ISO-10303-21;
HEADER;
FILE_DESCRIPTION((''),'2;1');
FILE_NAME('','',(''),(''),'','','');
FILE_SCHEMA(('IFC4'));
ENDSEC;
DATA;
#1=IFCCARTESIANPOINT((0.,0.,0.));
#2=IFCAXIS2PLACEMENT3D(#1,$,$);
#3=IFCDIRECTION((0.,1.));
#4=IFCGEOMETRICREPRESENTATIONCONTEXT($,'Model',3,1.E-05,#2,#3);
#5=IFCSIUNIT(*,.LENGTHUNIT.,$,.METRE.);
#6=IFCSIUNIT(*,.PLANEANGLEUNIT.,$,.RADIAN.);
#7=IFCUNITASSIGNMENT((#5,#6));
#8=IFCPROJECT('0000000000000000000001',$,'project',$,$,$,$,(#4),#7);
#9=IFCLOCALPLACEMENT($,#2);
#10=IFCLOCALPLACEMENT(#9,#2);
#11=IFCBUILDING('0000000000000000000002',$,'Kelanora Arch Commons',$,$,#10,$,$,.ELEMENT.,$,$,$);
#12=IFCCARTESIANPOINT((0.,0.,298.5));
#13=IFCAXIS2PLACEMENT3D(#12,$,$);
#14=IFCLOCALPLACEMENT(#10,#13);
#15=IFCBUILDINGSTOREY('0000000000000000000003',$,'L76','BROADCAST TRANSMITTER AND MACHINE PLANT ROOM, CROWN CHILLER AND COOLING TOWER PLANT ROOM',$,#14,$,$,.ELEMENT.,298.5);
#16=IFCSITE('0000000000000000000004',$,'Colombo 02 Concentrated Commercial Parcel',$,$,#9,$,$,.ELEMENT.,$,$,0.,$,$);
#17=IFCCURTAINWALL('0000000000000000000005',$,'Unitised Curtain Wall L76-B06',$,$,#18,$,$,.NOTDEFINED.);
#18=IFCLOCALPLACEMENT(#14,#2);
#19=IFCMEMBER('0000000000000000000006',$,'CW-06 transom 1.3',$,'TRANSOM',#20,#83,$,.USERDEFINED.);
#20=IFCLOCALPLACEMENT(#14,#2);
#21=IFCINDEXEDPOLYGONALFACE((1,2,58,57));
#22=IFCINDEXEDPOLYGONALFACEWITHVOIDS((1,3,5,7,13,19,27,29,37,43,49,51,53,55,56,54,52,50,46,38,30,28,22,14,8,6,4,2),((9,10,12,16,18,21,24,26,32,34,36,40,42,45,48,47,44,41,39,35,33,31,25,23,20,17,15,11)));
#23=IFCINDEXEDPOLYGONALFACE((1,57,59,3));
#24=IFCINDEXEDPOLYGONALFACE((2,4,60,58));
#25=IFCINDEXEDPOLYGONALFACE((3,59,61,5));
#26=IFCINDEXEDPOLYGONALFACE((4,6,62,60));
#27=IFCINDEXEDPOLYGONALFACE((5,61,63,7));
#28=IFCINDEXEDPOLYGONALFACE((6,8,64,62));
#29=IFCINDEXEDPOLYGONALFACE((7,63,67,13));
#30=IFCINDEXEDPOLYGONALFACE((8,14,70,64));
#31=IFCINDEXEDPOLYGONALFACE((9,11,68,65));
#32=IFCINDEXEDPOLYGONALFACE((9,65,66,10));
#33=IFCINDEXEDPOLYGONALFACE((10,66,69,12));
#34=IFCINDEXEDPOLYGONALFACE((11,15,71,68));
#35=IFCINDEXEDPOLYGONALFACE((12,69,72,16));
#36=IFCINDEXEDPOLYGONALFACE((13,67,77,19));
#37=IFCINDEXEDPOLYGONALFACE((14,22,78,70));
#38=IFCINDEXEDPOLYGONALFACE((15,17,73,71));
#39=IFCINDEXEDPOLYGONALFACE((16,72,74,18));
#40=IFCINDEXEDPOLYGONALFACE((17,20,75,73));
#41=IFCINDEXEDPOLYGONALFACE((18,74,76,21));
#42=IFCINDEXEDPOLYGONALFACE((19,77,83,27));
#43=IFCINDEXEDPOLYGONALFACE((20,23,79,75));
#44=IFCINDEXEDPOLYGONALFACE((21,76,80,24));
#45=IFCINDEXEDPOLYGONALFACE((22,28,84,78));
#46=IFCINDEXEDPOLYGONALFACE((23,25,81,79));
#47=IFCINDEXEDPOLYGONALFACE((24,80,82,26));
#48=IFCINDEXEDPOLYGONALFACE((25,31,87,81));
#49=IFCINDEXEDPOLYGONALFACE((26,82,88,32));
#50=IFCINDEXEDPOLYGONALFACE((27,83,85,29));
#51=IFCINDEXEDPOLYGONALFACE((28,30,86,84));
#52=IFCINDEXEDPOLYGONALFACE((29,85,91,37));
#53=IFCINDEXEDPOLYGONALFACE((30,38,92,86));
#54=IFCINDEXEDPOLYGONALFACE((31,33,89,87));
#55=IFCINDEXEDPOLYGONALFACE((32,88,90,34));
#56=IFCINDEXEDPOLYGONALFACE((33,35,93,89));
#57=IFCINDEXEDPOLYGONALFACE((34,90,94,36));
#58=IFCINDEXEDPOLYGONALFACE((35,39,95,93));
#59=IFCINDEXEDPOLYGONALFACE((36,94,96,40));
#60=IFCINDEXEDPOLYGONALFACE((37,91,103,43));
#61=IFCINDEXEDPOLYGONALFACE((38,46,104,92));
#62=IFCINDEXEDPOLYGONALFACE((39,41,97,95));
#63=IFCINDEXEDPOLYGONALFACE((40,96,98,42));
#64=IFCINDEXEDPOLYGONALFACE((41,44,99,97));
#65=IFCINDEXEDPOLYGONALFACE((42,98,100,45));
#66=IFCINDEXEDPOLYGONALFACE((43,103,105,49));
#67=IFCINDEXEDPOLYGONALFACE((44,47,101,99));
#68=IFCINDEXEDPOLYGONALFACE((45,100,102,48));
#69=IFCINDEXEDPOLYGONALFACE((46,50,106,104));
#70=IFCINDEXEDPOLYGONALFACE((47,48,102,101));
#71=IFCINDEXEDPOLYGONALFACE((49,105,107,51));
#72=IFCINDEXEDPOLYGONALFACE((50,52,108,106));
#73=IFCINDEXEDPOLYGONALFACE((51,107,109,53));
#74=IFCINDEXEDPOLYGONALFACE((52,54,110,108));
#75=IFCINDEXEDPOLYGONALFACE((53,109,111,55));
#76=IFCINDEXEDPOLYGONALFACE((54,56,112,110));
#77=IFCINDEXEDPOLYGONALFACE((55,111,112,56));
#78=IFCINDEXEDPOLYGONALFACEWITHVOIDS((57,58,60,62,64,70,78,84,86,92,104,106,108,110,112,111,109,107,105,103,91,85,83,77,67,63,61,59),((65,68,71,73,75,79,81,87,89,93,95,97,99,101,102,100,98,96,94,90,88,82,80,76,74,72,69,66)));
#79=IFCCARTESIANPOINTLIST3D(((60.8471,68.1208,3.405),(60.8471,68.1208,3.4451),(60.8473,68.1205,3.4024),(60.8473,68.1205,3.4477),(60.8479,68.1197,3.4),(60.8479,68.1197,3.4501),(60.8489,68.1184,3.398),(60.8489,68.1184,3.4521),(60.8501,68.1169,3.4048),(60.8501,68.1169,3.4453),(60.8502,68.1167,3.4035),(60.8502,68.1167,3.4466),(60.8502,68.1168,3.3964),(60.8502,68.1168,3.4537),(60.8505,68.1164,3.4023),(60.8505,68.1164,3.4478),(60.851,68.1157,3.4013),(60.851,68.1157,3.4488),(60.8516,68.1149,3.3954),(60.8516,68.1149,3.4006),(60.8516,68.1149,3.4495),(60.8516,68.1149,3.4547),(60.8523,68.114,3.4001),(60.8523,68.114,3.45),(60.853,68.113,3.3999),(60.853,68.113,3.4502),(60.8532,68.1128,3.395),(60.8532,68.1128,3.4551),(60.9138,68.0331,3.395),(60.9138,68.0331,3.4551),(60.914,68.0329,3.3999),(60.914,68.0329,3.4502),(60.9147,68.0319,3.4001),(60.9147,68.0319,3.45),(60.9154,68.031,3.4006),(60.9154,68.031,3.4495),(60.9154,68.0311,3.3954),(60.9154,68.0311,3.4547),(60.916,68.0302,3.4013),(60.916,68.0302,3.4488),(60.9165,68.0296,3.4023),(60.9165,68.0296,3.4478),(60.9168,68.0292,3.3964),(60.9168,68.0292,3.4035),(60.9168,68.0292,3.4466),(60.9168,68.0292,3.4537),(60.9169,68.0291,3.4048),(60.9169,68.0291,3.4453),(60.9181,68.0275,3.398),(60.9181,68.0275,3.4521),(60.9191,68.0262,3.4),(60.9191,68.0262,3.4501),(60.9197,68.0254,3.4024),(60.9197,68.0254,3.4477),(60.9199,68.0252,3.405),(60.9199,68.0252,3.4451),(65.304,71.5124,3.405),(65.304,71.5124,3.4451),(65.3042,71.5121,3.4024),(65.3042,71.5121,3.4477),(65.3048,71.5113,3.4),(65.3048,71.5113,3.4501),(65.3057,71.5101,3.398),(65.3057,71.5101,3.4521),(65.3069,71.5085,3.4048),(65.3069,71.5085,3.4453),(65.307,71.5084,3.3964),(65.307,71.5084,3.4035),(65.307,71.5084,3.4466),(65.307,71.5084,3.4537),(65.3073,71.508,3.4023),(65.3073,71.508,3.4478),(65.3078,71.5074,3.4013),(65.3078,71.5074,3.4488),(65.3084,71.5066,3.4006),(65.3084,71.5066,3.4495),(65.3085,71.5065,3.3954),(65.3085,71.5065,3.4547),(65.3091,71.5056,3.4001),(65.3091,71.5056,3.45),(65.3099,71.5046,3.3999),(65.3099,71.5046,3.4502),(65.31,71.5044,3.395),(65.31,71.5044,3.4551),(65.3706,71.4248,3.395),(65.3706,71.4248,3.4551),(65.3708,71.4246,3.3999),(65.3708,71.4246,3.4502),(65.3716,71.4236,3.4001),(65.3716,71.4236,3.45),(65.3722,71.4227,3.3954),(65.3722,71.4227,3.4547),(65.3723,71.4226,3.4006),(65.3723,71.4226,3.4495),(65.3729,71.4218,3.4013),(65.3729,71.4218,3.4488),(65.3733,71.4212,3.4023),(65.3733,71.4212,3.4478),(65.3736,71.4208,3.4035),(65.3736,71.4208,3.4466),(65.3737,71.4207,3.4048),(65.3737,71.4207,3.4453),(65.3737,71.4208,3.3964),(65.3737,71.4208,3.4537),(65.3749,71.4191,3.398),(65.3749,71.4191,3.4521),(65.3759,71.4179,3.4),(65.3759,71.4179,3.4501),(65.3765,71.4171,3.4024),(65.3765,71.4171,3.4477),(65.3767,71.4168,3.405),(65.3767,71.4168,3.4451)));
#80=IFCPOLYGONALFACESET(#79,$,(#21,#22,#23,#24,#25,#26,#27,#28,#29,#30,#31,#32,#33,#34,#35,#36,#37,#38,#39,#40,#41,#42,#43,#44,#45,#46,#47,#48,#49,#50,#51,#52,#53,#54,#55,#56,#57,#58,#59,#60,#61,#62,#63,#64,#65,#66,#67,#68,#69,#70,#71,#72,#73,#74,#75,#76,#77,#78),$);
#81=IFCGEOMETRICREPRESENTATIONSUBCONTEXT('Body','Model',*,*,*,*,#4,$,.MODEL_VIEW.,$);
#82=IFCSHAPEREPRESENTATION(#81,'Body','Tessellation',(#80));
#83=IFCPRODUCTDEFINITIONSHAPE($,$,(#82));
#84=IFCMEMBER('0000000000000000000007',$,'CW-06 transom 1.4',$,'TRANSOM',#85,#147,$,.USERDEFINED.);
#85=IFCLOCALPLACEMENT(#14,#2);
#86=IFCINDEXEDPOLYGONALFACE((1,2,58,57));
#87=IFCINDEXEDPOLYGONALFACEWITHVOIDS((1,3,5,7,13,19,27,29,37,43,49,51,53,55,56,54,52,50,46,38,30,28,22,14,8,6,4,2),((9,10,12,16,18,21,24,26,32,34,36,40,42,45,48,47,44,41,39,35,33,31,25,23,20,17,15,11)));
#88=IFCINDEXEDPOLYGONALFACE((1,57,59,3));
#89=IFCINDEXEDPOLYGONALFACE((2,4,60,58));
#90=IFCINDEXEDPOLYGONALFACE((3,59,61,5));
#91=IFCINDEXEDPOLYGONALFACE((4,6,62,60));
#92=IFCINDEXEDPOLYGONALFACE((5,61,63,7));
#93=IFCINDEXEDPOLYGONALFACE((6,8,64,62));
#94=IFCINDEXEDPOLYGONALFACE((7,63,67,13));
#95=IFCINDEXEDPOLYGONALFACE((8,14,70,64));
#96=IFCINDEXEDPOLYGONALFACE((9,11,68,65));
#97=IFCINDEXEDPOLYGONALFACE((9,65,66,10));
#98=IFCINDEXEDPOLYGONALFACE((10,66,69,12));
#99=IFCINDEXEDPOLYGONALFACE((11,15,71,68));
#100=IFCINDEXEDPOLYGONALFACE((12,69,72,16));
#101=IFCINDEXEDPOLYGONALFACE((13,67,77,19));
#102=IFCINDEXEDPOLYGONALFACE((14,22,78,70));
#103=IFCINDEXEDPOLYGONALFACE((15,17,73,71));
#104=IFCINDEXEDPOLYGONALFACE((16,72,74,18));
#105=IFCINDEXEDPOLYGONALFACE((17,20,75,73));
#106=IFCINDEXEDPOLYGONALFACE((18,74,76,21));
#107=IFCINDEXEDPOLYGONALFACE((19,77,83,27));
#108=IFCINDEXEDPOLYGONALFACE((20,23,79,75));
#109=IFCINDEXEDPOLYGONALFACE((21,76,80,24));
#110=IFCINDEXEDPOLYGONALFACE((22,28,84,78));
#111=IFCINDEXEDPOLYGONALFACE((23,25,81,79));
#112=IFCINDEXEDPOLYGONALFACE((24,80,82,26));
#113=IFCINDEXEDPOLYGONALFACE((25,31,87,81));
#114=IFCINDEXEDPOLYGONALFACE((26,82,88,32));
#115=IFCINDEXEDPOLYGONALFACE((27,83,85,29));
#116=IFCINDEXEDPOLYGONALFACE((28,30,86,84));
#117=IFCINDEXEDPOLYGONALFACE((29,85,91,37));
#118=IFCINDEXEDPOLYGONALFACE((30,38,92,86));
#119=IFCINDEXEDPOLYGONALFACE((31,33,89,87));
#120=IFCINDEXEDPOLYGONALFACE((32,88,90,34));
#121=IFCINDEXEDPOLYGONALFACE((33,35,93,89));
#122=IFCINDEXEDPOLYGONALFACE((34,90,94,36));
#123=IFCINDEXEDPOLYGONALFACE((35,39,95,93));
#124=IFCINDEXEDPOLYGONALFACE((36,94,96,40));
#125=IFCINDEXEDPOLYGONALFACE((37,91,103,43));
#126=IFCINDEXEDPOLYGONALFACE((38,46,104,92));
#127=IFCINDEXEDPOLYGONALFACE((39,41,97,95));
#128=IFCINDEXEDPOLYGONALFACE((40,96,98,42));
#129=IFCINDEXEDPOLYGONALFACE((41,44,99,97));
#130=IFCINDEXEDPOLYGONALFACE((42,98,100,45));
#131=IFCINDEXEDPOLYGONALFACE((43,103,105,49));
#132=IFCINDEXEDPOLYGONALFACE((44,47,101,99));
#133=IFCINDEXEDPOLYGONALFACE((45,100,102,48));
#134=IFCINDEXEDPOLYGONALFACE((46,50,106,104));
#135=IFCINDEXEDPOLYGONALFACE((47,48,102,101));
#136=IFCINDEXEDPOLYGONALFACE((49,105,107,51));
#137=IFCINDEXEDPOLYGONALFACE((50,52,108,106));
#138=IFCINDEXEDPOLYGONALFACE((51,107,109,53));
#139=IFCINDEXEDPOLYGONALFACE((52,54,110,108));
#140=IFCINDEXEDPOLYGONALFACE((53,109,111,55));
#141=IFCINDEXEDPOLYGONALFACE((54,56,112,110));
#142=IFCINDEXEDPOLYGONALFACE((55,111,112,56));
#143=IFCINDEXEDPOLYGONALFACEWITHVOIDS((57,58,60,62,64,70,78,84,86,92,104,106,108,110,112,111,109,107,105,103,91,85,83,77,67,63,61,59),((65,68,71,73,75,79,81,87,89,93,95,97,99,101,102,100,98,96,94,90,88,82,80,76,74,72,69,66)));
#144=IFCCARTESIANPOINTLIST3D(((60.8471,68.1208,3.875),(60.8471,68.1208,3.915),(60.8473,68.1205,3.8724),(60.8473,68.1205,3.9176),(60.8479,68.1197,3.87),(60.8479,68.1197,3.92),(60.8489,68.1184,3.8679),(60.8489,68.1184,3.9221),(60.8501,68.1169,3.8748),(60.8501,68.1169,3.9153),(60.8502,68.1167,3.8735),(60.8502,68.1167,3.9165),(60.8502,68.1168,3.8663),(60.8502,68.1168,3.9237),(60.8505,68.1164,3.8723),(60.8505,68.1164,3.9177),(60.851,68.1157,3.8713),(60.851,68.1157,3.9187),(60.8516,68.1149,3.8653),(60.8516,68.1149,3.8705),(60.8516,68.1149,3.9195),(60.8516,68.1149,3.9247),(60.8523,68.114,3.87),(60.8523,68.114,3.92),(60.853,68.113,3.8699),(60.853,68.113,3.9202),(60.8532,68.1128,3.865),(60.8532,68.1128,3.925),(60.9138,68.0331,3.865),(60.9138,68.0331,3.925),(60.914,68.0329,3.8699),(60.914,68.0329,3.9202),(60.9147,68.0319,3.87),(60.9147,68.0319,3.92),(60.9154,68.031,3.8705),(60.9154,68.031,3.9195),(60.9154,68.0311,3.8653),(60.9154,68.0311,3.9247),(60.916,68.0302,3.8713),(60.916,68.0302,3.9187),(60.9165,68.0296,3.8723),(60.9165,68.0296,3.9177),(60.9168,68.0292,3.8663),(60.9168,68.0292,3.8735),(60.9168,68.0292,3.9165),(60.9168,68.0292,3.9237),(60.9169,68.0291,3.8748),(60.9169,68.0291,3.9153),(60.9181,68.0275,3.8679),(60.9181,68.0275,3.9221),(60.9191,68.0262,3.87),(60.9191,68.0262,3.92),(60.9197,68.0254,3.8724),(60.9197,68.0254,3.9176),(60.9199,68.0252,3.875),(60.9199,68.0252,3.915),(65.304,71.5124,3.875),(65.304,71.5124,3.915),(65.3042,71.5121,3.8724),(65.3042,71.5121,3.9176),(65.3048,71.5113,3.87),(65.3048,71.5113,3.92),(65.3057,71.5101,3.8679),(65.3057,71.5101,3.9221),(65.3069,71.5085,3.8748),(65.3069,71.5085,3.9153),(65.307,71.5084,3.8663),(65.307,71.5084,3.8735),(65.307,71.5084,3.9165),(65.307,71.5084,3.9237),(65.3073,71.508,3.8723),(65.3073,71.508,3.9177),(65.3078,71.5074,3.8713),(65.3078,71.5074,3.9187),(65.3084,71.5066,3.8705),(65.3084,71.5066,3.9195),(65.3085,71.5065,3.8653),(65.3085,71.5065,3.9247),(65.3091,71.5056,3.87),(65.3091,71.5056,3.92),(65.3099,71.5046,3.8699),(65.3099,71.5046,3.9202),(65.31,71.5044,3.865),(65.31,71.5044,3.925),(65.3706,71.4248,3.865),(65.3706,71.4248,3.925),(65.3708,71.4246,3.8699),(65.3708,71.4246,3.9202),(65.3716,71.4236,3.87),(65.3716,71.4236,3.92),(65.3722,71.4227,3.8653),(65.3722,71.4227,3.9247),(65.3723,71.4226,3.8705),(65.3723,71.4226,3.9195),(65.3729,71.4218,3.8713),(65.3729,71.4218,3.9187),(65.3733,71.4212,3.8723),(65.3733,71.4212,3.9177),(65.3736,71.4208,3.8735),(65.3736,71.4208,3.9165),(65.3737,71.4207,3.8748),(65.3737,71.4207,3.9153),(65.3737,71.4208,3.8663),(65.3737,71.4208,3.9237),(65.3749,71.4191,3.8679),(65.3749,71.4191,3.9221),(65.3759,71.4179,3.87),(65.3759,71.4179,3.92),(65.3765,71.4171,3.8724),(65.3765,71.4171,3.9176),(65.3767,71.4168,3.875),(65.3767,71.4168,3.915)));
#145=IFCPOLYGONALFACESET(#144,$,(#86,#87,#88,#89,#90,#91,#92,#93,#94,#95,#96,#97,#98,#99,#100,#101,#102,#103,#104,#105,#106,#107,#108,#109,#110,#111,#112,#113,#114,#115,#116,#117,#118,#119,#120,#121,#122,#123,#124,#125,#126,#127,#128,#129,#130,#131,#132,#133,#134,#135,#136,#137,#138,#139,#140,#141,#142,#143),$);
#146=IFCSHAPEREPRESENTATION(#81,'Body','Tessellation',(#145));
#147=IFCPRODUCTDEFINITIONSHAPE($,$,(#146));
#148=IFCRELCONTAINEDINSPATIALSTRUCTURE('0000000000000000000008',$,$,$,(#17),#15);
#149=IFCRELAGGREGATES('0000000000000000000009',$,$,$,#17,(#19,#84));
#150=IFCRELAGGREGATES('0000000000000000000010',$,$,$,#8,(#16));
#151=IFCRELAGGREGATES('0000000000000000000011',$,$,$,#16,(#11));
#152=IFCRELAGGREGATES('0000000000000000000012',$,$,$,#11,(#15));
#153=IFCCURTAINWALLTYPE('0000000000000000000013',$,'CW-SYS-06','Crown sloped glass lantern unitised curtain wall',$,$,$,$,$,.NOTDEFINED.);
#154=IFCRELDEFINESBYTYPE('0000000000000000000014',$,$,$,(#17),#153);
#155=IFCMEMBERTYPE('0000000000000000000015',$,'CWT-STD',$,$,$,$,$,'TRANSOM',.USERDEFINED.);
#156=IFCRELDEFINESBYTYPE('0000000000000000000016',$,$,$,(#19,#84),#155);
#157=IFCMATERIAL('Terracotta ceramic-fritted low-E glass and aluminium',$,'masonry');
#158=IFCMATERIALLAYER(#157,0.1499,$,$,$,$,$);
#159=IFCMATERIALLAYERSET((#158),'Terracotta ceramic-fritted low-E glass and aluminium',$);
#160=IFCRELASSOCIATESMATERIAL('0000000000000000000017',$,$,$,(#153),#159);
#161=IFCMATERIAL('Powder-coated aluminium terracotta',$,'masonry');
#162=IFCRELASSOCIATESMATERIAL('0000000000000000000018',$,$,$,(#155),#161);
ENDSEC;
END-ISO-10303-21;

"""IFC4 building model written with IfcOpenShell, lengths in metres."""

from ifc_helpers import new_model, si_unit, direction, frame, origin, origin_2d, place, context, subcontext, project, spatial, hollow_rectangle, extrude, material, layer, layer_set, material_profile, profile_set, type_object, element, aggregate, save


model = new_model("IFC4")

# Units and contexts
model_context = context("Model", 3, precision=1e-05, world=origin(), true_north=direction((0.0, 1.0)))
body_context = subcontext(model_context, "Body", "Model", "MODEL_VIEW")
ifc_project = project(units=[si_unit("LENGTHUNIT", "METRE"), si_unit("PLANEANGLEUNIT", "RADIAN")], contexts=[model_context])

# Site, building, storey
site_placement = place(None, origin())
site = spatial("IfcSite", under=ifc_project, at=site_placement, Name="Colombo 02 Concentrated Commercial Parcel", CompositionType="ELEMENT", RefElevation=0.0)
building_placement = place(site_placement, origin())
building = spatial("IfcBuilding", under=site, at=building_placement, Name="Kelanora Arch Commons", CompositionType="ELEMENT")
storey_placement = place(building_placement, frame((0.0, 0.0, 298.5)))
storey = spatial("IfcBuildingStorey", under=building, at=storey_placement, Name="L76", Description="BROADCAST TRANSMITTER AND MACHINE PLANT ROOM, CROWN CHILLER AND COOLING TOWER PLANT ROOM", CompositionType="ELEMENT", Elevation=298.5)

# Shared definitions
ifc_material_1 = material(Name="Terracotta ceramic-fritted low-E glass and aluminium", Category="masonry")
ifc_layer_1 = layer(ifc_material_1, 0.1499)
ifc_layer_set_1 = layer_set([ifc_layer_1], Name="Terracotta ceramic-fritted low-E glass and aluminium")
curtain_wall_type = type_object("IfcCurtainWallType", Name="CW-SYS-06", Description="Crown sloped glass lantern unitised curtain wall", PredefinedType="NOTDEFINED", material=ifc_layer_set_1)
ifc_material_2 = material(Name="Powder-coated aluminium terracotta", Category="masonry")

# Curtain wall
curtain_wall_1_placement = place(storey_placement, origin())
curtain_wall_1 = element("IfcCurtainWall", 1, at=curtain_wall_1_placement, inside=storey, type_object=curtain_wall_type, Name="Unitised Curtain Wall L76-B06", PredefinedType="NOTDEFINED")

# Members
ifc_material_profile_1 = material_profile(ifc_material_2, hollow_rectangle(XDim=0.1201, YDim=0.0601, WallThickness=0.0049, InnerFilletRadius=0.0049, OuterFilletRadius=0.01, at=origin_2d()), Name="CWT120x60")
ifc_profile_set_1 = profile_set([ifc_material_profile_1], Name="Powder-coated aluminium terracotta")
member_type_1 = type_object("IfcMemberType", Name="CWT-STD", ElementType="TRANSOM", PredefinedType="USERDEFINED", material=ifc_profile_set_1)
member_1_placement = place(storey_placement, frame((65.3403, 71.4646, 3.425), z_axis=(-0.79578, -0.605586, 0.0), x_axis=(0.605586, -0.79578, 0.0)))
member_1 = element("IfcMember", 2, at=member_1_placement, type_object=member_type_1, Name="CW-06 transom 1.3", ObjectType="TRANSOM", PredefinedType="USERDEFINED", context=body_context, shape_type="SweptSolid", body=[
    extrude(hollow_rectangle(XDim=0.1201, YDim=0.0601, WallThickness=0.0049, InnerFilletRadius=0.0049, OuterFilletRadius=0.01, at=origin_2d()), origin(), (0.0, 0.0, 1.0), 5.6006),
])
member_2_placement = place(storey_placement, frame((65.3403, 71.4646, 3.895), z_axis=(-0.79578, -0.605586, 0.0), x_axis=(0.605586, -0.79578, 0.0)))
member_2 = element("IfcMember", 3, at=member_2_placement, type_object=member_type_1, Name="CW-06 transom 1.4", ObjectType="TRANSOM", PredefinedType="USERDEFINED", context=body_context, shape_type="SweptSolid", body=[
    extrude(hollow_rectangle(XDim=0.1201, YDim=0.0601, WallThickness=0.0049, InnerFilletRadius=0.0049, OuterFilletRadius=0.01, at=origin_2d()), origin(), (0.0, 0.0, 1.0), 5.6006),
])

aggregate(curtain_wall_1, [member_1, member_2])

save(model, "model.ifc")
